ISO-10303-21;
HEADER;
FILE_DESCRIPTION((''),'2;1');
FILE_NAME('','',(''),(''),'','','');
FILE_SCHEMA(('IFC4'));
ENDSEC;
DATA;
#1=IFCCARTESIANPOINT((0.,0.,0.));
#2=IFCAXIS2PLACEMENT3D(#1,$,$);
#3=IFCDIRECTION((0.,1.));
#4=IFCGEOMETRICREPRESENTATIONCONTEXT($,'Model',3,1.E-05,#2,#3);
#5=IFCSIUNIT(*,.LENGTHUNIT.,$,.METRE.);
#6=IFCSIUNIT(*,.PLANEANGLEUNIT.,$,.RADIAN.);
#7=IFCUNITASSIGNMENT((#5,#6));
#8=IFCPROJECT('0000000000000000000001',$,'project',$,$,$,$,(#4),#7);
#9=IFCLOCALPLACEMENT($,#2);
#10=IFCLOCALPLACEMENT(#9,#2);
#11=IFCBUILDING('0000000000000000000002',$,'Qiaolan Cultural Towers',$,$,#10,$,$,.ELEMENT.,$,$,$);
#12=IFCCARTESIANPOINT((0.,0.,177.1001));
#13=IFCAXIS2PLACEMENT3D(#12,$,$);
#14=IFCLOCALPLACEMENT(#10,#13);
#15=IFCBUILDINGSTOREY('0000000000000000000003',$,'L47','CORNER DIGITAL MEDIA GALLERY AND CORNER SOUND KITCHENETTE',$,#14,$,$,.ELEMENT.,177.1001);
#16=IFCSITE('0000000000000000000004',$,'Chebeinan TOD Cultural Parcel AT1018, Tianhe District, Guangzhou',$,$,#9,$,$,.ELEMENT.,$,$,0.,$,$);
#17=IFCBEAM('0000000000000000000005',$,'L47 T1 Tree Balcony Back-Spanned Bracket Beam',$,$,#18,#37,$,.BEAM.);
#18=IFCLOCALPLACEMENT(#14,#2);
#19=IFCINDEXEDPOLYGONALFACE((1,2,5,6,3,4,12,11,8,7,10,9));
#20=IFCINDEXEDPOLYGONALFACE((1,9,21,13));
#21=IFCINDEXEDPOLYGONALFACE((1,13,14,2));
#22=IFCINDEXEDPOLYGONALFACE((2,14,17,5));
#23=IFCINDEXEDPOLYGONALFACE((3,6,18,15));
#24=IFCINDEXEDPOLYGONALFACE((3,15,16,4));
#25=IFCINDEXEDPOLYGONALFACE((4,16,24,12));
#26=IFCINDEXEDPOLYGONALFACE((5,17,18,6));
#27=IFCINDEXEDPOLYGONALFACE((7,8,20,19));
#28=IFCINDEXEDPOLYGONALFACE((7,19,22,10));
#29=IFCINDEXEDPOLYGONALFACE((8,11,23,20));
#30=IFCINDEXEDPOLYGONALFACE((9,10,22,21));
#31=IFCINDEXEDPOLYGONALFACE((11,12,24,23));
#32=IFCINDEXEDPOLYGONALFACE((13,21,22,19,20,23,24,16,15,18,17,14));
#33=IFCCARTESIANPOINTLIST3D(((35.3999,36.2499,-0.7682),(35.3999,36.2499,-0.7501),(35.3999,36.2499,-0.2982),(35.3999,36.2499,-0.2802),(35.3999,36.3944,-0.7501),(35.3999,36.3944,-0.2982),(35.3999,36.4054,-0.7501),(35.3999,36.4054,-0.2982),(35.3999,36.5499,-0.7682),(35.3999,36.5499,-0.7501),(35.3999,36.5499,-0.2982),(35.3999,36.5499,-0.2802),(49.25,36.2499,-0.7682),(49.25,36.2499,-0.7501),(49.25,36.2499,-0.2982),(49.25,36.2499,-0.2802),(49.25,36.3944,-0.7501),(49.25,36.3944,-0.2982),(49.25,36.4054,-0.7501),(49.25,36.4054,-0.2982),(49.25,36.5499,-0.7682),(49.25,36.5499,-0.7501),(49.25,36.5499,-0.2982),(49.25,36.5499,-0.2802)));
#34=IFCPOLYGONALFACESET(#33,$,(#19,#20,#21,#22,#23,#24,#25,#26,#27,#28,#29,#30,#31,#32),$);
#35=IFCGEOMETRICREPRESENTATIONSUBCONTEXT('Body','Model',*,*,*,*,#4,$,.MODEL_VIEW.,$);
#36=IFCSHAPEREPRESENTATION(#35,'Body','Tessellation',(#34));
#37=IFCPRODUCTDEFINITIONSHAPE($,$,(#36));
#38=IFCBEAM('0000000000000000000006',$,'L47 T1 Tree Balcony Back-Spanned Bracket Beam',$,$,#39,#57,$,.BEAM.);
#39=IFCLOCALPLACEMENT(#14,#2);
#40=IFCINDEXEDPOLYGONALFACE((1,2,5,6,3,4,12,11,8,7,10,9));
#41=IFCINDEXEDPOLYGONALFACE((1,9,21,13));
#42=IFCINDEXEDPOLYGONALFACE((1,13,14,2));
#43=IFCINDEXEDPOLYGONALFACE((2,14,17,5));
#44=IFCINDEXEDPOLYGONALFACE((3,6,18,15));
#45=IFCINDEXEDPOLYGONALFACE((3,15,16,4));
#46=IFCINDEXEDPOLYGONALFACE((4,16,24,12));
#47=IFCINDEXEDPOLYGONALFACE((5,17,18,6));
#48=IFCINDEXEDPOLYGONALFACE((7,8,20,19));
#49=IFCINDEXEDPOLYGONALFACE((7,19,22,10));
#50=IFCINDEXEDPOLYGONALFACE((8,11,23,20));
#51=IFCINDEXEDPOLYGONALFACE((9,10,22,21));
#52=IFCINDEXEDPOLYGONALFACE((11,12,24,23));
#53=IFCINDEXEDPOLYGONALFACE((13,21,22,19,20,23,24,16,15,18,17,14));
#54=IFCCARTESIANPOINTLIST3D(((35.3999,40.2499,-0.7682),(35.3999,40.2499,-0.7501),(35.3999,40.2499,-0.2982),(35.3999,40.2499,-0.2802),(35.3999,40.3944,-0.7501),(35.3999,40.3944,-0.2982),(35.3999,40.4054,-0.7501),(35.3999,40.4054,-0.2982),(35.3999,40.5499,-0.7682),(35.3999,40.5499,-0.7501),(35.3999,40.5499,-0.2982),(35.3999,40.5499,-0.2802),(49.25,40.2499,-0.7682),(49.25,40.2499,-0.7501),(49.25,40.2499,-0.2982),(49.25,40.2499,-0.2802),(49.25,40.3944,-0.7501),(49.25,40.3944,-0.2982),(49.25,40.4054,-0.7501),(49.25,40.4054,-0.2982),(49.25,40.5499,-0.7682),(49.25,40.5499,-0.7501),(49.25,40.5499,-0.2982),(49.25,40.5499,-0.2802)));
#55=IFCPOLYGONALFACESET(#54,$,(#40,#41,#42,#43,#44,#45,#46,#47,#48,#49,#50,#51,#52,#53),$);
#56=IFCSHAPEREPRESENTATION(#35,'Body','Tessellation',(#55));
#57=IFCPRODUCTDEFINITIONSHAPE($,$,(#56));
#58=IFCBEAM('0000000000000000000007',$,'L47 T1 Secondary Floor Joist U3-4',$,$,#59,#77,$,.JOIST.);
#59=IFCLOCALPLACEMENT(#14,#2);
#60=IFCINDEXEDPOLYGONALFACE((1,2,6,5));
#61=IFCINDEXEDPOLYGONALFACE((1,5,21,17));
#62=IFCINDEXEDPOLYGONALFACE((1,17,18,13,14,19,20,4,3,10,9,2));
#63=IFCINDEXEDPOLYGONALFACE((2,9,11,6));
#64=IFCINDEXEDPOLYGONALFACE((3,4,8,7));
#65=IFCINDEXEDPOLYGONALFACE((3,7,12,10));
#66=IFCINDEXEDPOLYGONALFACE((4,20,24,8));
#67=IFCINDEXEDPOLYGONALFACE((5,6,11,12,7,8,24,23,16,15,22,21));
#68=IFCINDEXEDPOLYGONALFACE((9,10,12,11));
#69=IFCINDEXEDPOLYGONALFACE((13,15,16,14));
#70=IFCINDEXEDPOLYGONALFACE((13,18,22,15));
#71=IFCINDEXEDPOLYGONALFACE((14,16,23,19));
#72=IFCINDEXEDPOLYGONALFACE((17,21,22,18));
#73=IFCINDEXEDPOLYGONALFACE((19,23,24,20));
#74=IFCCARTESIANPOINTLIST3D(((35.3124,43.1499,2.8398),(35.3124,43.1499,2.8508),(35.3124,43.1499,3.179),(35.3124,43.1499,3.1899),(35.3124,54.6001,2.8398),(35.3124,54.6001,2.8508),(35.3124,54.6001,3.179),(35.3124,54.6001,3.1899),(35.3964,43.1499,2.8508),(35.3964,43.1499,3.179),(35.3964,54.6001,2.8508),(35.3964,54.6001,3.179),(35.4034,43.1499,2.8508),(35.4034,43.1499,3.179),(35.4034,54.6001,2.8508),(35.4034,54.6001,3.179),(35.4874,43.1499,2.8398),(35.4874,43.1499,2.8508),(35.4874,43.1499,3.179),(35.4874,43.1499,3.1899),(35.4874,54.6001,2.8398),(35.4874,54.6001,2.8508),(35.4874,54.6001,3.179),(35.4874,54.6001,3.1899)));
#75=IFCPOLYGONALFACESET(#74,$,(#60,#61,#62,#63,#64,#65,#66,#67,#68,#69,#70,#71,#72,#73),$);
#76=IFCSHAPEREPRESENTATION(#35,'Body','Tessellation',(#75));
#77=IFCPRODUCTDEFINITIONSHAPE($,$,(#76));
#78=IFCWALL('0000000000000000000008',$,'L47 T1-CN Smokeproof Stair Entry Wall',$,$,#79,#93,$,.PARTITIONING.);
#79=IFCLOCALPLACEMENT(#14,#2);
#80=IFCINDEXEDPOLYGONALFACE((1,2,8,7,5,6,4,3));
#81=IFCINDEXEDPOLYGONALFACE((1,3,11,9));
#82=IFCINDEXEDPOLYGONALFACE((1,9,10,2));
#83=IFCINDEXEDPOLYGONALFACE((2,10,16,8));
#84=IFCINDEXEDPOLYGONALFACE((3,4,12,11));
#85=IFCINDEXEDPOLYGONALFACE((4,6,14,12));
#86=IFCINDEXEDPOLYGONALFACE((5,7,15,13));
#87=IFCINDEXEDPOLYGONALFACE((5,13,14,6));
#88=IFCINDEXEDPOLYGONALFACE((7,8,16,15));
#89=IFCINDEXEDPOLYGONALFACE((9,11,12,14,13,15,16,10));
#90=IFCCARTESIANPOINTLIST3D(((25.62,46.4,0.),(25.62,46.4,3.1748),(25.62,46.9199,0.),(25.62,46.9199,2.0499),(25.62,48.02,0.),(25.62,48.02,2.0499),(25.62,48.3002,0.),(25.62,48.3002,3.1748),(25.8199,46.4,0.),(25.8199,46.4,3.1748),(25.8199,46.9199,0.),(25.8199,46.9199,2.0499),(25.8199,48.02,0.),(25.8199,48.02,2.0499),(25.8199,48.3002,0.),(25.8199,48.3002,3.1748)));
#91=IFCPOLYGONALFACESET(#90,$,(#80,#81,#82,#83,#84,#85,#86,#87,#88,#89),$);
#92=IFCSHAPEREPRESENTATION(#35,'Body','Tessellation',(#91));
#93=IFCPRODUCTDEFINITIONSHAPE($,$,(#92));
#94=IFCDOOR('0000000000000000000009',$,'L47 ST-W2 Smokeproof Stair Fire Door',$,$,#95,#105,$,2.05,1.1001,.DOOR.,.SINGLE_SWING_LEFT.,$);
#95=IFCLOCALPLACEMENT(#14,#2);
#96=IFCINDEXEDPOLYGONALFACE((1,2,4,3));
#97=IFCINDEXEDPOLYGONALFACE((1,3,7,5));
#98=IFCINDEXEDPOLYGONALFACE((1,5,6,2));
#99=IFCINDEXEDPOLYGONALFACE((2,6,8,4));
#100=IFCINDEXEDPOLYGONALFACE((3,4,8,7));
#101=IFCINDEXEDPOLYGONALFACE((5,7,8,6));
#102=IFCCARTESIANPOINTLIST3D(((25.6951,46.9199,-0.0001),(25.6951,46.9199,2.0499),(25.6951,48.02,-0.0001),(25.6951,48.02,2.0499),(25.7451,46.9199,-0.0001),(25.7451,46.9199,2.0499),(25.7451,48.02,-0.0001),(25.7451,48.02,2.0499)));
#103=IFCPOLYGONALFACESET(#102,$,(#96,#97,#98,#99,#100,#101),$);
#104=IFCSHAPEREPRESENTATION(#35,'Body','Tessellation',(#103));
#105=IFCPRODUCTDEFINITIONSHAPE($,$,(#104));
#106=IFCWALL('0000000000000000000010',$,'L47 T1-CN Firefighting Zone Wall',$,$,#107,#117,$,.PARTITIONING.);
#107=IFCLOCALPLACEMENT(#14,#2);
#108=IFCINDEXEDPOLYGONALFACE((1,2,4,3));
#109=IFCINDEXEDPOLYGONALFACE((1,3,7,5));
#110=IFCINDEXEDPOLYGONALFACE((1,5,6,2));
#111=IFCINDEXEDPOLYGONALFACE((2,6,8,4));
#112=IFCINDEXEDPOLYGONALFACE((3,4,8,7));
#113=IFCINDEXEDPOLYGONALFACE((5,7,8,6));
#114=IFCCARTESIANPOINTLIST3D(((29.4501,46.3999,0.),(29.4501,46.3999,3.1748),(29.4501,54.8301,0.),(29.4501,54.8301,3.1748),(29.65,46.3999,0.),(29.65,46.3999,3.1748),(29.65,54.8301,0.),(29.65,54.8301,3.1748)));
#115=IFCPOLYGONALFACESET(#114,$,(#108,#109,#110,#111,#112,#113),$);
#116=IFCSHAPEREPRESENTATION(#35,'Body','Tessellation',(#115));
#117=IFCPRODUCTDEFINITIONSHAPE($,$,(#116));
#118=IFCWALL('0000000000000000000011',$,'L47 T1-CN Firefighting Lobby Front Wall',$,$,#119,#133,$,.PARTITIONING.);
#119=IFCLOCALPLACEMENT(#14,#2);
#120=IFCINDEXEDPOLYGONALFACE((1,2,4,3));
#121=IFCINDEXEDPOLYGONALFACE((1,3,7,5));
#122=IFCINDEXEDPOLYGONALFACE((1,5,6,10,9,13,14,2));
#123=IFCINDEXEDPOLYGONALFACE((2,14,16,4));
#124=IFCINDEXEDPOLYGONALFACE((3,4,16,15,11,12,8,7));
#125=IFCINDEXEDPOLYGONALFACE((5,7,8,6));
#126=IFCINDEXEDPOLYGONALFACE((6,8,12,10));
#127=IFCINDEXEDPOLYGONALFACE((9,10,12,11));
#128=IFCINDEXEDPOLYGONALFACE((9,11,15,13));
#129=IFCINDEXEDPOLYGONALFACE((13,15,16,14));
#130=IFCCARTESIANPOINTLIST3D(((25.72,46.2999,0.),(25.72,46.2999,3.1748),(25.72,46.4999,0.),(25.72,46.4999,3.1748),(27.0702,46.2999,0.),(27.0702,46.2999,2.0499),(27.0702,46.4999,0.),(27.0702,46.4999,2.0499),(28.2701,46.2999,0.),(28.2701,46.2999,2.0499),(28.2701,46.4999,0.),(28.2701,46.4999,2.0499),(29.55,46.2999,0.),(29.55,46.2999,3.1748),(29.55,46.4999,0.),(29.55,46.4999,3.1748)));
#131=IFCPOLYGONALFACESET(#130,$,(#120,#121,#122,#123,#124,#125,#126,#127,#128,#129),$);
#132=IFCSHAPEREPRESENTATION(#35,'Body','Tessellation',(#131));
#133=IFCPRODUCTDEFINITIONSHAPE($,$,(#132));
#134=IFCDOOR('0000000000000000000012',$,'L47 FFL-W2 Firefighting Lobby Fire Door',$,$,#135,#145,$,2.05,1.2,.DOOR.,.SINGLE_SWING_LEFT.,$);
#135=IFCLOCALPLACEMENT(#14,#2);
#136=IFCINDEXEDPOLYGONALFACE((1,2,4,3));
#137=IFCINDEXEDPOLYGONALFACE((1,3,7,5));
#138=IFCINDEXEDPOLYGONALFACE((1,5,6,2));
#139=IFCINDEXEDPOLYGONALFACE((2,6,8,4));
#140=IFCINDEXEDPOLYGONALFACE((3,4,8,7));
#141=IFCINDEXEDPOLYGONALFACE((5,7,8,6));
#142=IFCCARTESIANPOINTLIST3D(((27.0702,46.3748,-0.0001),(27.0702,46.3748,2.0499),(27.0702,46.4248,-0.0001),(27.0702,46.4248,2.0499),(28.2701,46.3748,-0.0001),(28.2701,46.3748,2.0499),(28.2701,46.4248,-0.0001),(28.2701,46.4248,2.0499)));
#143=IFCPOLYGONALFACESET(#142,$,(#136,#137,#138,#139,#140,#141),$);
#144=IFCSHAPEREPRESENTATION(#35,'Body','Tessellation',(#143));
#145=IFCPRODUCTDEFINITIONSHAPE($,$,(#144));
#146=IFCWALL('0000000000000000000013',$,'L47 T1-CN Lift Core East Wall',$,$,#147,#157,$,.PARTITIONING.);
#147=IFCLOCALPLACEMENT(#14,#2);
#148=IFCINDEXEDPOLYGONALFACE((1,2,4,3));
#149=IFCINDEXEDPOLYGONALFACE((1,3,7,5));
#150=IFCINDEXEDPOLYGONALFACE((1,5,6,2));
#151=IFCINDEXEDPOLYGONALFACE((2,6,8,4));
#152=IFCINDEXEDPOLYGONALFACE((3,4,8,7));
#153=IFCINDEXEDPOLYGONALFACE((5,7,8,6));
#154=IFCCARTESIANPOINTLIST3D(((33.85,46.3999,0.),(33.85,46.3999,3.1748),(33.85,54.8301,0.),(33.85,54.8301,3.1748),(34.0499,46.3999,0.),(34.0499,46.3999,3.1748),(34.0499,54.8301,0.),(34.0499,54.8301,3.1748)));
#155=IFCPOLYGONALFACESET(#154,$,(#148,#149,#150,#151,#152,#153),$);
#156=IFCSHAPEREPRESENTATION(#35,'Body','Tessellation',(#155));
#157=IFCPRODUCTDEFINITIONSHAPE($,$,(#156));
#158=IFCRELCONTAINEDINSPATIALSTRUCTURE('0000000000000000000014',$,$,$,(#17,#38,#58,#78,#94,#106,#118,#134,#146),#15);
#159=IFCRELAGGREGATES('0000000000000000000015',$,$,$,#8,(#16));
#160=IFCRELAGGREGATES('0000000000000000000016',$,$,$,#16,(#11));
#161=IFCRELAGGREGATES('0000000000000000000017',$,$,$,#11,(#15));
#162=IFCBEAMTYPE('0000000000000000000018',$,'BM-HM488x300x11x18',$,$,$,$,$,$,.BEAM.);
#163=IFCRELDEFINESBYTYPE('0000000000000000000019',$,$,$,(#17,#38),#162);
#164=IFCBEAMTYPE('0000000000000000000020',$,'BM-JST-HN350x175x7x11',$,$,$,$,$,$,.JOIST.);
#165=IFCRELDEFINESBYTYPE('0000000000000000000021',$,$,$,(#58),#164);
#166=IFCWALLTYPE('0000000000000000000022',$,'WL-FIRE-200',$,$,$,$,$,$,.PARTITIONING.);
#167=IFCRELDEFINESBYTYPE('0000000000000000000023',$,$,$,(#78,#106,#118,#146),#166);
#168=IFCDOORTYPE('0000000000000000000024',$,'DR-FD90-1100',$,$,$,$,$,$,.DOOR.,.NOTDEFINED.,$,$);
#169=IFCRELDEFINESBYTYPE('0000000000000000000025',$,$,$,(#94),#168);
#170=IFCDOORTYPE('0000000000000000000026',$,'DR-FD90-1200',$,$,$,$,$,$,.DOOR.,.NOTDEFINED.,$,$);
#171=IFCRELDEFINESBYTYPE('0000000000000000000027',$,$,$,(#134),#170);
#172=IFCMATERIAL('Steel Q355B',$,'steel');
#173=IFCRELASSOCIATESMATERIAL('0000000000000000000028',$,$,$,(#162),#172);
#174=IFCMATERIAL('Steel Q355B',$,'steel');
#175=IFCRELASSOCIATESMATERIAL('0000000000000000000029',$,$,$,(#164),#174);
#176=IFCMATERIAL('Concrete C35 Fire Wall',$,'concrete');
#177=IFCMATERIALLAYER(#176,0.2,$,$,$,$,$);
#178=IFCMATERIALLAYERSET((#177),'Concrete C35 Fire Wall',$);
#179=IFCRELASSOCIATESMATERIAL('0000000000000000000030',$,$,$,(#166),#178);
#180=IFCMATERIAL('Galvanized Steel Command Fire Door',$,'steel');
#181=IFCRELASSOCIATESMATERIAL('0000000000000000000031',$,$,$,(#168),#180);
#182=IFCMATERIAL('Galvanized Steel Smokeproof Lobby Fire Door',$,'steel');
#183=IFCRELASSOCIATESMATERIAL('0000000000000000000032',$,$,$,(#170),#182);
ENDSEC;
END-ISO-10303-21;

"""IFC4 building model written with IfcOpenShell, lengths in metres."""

from ifc_helpers import new_model, si_unit, direction, frame, frame_2d, origin, origin_2d, place, context, subcontext, project, spatial, rectangle, i_section, extrude, material, layer, layer_set, material_profile, profile_set, type_object, element, fill, save


model = new_model("IFC4")

# Units and contexts
model_context = context("Model", 3, precision=1e-05, world=origin(), true_north=direction((0.0, 1.0)))
body_context = subcontext(model_context, "Body", "Model", "MODEL_VIEW")
ifc_project = project(units=[si_unit("LENGTHUNIT", "METRE"), si_unit("PLANEANGLEUNIT", "RADIAN")], contexts=[model_context])

# Site, building, storey
site_placement = place(None, origin())
site = spatial("IfcSite", under=ifc_project, at=site_placement, Name="Chebeinan TOD Cultural Parcel AT1018, Tianhe District, Guangzhou", CompositionType="ELEMENT", RefElevation=0.0)
building_placement = place(site_placement, origin())
building = spatial("IfcBuilding", under=site, at=building_placement, Name="Qiaolan Cultural Towers", CompositionType="ELEMENT")
storey_placement = place(building_placement, frame((0.0, 0.0, 177.1001)))
storey = spatial("IfcBuildingStorey", under=building, at=storey_placement, Name="L47", Description="CORNER DIGITAL MEDIA GALLERY AND CORNER SOUND KITCHENETTE", CompositionType="ELEMENT", Elevation=177.1001)

# Beams
ifc_material_1 = material(Name="Steel Q355B", Category="steel")
ifc_material_profile_1 = material_profile(ifc_material_1, i_section(OverallWidth=0.3, OverallDepth=0.488, WebThickness=0.011, FlangeThickness=0.0181, at=origin_2d()), Name="HM488x300x11x18")
ifc_profile_set_1 = profile_set([ifc_material_profile_1], Name="Steel Q355B")
beam_type_1 = type_object("IfcBeamType", Name="BM-HM488x300x11x18", PredefinedType="BEAM", material=ifc_profile_set_1)
for number, where, z_axis, x_axis, name in (
    (1, (35.3999, 36.3999, -0.5242), (1.0, 0.0, 0.0), (0.0, 1.0, 0.0), "L47 T1 Tree Balcony Back-Spanned Bracket Beam"),
    (2, (35.3999, 40.3999, -0.5242), (1.0, 0.0, 0.0), (0.0, 1.0, 0.0), "L47 T1 Tree Balcony Back-Spanned Bracket Beam"),
):
    element("IfcBeam", number, at=place(storey_placement, frame(where, z_axis=z_axis, x_axis=x_axis)), inside=storey, type_object=beam_type_1, Name=name, PredefinedType="BEAM", context=body_context, shape_type="SweptSolid", body=[
        extrude(i_section(OverallWidth=0.3, OverallDepth=0.488, WebThickness=0.011, FlangeThickness=0.0181, at=origin_2d()), origin(), (0.0, 0.0, 1.0), 13.8501),
    ])
ifc_material_2 = material(Name="Steel Q355B", Category="steel")
ifc_material_profile_2 = material_profile(ifc_material_2, i_section(OverallWidth=0.175, OverallDepth=0.3501, WebThickness=0.0071, FlangeThickness=0.011, at=origin_2d()), Name="HN350x175x7x11")
ifc_profile_set_2 = profile_set([ifc_material_profile_2], Name="Steel Q355B")
beam_type_2 = type_object("IfcBeamType", Name="BM-JST-HN350x175x7x11", PredefinedType="JOIST", material=ifc_profile_set_2)
beam_placement = place(storey_placement, frame((35.3999, 43.1499, 3.0149), z_axis=(0.0, 1.0, 0.0), x_axis=(-1.0, 0.0, 0.0)))
element("IfcBeam", 3, at=beam_placement, inside=storey, type_object=beam_type_2, Name="L47 T1 Secondary Floor Joist U3-4", PredefinedType="JOIST", context=body_context, shape_type="SweptSolid", body=[
    extrude(i_section(OverallWidth=0.175, OverallDepth=0.3501, WebThickness=0.0071, FlangeThickness=0.011, at=origin_2d()), origin(), (0.0, 0.0, 1.0), 11.4502),
])

# Wall, opening, door
ifc_material_3 = material(Name="Concrete C35 Fire Wall", Category="concrete")
ifc_layer_1 = layer(ifc_material_3, 0.2)
ifc_layer_set_1 = layer_set([ifc_layer_1], Name="Concrete C35 Fire Wall")
wall_type_1 = type_object("IfcWallType", Name="WL-FIRE-200", PredefinedType="PARTITIONING", material=ifc_layer_set_1)
wall_1_placement = place(storey_placement, frame((25.72, 46.3999, 0.0), z_axis=(0.0, 0.0, 1.0), x_axis=(0.0, 1.0, 0.0)))
wall_1 = element("IfcWall", 4, at=wall_1_placement, inside=storey, type_object=wall_type_1, Name="L47 T1-CN Smokeproof Stair Entry Wall", PredefinedType="PARTITIONING", context=body_context, shape_type="SweptSolid", body=[
    extrude(rectangle(XDim=1.9001, YDim=0.2, at=frame_2d((0.9502, 0.0))), origin(), (0.0, 0.0, 1.0), 3.1748),
])
opening_1_placement = place(wall_1_placement, frame((0.52, 0.0, 0.0)))
opening_1 = element("IfcOpeningElement", 5, at=opening_1_placement, cuts=wall_1, PredefinedType="OPENING", context=body_context, shape_type="SweptSolid", body=[
    extrude(rectangle(XDim=1.1001, YDim=2.05, at=frame_2d((0.55, 1.0249))), frame((0.0, 0.1099, 0.0), z_axis=(0.0, -1.0, 0.0), x_axis=(1.0, 0.0, 0.0)), (0.0, 0.0, 1.0), 0.22),
])
ifc_material_4 = material(Name="Galvanized Steel Command Fire Door", Category="steel")
door_type_1 = type_object("IfcDoorType", Name="DR-FD90-1100", OperationType="NOTDEFINED", PredefinedType="DOOR", material=ifc_material_4)
door_1_placement = place(opening_1_placement, origin())
door_1 = element("IfcDoor", 6, at=door_1_placement, inside=storey, type_object=door_type_1, Name="L47 ST-W2 Smokeproof Stair Fire Door", OperationType="SINGLE_SWING_LEFT", OverallHeight=2.05, OverallWidth=1.1001, PredefinedType="DOOR", context=body_context, shape_type="SweptSolid", body=[
    extrude(rectangle(XDim=1.1001, YDim=2.05, at=frame_2d((0.55, 1.0249))), frame((0.0, 0.0249, 0.0), z_axis=(0.0, -1.0, 0.0), x_axis=(1.0, 0.0, 0.0)), (0.0, 0.0, 1.0), 0.05),
])
fill(opening_1, door_1)

# Wall
wall_2_placement = place(storey_placement, frame((29.55, 46.3999, 0.0), z_axis=(0.0, 0.0, 1.0), x_axis=(0.0, 1.0, 0.0)))
element("IfcWall", 7, at=wall_2_placement, inside=storey, type_object=wall_type_1, Name="L47 T1-CN Firefighting Zone Wall", PredefinedType="PARTITIONING", context=body_context, shape_type="SweptSolid", body=[
    extrude(rectangle(XDim=8.4302, YDim=0.2, at=frame_2d((4.2151, 0.0))), origin(), (0.0, 0.0, 1.0), 3.1748),
])

# Wall, opening, door
wall_3_placement = place(storey_placement, frame((25.72, 46.3999, 0.0), z_axis=(0.0, 0.0, 1.0), x_axis=(1.0, 0.0, 0.0)))
wall_3 = element("IfcWall", 8, at=wall_3_placement, inside=storey, type_object=wall_type_1, Name="L47 T1-CN Firefighting Lobby Front Wall", PredefinedType="PARTITIONING", context=body_context, shape_type="SweptSolid", body=[
    extrude(rectangle(XDim=3.8301, YDim=0.2, at=frame_2d((1.915, 0.0))), origin(), (0.0, 0.0, 1.0), 3.1748),
])
opening_2_placement = place(wall_3_placement, frame((1.3501, 0.0, 0.0)))
opening_2 = element("IfcOpeningElement", 9, at=opening_2_placement, cuts=wall_3, PredefinedType="OPENING", context=body_context, shape_type="SweptSolid", body=[
    extrude(rectangle(XDim=1.2, YDim=2.05, at=frame_2d((0.6001, 1.0249))), frame((0.0, 0.1099, 0.0), z_axis=(0.0, -1.0, 0.0), x_axis=(1.0, 0.0, 0.0)), (0.0, 0.0, 1.0), 0.22),
])
ifc_material_5 = material(Name="Galvanized Steel Smokeproof Lobby Fire Door", Category="steel")
door_type_2 = type_object("IfcDoorType", Name="DR-FD90-1200", OperationType="NOTDEFINED", PredefinedType="DOOR", material=ifc_material_5)
door_2_placement = place(opening_2_placement, origin())
door_2 = element("IfcDoor", 10, at=door_2_placement, inside=storey, type_object=door_type_2, Name="L47 FFL-W2 Firefighting Lobby Fire Door", OperationType="SINGLE_SWING_LEFT", OverallHeight=2.05, OverallWidth=1.2, PredefinedType="DOOR", context=body_context, shape_type="SweptSolid", body=[
    extrude(rectangle(XDim=1.2, YDim=2.05, at=frame_2d((0.6001, 1.0249))), frame((0.0, 0.0249, 0.0), z_axis=(0.0, -1.0, 0.0), x_axis=(1.0, 0.0, 0.0)), (0.0, 0.0, 1.0), 0.05),
])
fill(opening_2, door_2)

# Wall
wall_4_placement = place(storey_placement, frame((33.95, 46.3999, 0.0), z_axis=(0.0, 0.0, 1.0), x_axis=(0.0, 1.0, 0.0)))
element("IfcWall", 11, at=wall_4_placement, inside=storey, type_object=wall_type_1, Name="L47 T1-CN Lift Core East Wall", PredefinedType="PARTITIONING", context=body_context, shape_type="SweptSolid", body=[
    extrude(rectangle(XDim=8.4302, YDim=0.2, at=frame_2d((4.2151, 0.0))), origin(), (0.0, 0.0, 1.0), 3.1748),
])

save(model, "model.ifc")
